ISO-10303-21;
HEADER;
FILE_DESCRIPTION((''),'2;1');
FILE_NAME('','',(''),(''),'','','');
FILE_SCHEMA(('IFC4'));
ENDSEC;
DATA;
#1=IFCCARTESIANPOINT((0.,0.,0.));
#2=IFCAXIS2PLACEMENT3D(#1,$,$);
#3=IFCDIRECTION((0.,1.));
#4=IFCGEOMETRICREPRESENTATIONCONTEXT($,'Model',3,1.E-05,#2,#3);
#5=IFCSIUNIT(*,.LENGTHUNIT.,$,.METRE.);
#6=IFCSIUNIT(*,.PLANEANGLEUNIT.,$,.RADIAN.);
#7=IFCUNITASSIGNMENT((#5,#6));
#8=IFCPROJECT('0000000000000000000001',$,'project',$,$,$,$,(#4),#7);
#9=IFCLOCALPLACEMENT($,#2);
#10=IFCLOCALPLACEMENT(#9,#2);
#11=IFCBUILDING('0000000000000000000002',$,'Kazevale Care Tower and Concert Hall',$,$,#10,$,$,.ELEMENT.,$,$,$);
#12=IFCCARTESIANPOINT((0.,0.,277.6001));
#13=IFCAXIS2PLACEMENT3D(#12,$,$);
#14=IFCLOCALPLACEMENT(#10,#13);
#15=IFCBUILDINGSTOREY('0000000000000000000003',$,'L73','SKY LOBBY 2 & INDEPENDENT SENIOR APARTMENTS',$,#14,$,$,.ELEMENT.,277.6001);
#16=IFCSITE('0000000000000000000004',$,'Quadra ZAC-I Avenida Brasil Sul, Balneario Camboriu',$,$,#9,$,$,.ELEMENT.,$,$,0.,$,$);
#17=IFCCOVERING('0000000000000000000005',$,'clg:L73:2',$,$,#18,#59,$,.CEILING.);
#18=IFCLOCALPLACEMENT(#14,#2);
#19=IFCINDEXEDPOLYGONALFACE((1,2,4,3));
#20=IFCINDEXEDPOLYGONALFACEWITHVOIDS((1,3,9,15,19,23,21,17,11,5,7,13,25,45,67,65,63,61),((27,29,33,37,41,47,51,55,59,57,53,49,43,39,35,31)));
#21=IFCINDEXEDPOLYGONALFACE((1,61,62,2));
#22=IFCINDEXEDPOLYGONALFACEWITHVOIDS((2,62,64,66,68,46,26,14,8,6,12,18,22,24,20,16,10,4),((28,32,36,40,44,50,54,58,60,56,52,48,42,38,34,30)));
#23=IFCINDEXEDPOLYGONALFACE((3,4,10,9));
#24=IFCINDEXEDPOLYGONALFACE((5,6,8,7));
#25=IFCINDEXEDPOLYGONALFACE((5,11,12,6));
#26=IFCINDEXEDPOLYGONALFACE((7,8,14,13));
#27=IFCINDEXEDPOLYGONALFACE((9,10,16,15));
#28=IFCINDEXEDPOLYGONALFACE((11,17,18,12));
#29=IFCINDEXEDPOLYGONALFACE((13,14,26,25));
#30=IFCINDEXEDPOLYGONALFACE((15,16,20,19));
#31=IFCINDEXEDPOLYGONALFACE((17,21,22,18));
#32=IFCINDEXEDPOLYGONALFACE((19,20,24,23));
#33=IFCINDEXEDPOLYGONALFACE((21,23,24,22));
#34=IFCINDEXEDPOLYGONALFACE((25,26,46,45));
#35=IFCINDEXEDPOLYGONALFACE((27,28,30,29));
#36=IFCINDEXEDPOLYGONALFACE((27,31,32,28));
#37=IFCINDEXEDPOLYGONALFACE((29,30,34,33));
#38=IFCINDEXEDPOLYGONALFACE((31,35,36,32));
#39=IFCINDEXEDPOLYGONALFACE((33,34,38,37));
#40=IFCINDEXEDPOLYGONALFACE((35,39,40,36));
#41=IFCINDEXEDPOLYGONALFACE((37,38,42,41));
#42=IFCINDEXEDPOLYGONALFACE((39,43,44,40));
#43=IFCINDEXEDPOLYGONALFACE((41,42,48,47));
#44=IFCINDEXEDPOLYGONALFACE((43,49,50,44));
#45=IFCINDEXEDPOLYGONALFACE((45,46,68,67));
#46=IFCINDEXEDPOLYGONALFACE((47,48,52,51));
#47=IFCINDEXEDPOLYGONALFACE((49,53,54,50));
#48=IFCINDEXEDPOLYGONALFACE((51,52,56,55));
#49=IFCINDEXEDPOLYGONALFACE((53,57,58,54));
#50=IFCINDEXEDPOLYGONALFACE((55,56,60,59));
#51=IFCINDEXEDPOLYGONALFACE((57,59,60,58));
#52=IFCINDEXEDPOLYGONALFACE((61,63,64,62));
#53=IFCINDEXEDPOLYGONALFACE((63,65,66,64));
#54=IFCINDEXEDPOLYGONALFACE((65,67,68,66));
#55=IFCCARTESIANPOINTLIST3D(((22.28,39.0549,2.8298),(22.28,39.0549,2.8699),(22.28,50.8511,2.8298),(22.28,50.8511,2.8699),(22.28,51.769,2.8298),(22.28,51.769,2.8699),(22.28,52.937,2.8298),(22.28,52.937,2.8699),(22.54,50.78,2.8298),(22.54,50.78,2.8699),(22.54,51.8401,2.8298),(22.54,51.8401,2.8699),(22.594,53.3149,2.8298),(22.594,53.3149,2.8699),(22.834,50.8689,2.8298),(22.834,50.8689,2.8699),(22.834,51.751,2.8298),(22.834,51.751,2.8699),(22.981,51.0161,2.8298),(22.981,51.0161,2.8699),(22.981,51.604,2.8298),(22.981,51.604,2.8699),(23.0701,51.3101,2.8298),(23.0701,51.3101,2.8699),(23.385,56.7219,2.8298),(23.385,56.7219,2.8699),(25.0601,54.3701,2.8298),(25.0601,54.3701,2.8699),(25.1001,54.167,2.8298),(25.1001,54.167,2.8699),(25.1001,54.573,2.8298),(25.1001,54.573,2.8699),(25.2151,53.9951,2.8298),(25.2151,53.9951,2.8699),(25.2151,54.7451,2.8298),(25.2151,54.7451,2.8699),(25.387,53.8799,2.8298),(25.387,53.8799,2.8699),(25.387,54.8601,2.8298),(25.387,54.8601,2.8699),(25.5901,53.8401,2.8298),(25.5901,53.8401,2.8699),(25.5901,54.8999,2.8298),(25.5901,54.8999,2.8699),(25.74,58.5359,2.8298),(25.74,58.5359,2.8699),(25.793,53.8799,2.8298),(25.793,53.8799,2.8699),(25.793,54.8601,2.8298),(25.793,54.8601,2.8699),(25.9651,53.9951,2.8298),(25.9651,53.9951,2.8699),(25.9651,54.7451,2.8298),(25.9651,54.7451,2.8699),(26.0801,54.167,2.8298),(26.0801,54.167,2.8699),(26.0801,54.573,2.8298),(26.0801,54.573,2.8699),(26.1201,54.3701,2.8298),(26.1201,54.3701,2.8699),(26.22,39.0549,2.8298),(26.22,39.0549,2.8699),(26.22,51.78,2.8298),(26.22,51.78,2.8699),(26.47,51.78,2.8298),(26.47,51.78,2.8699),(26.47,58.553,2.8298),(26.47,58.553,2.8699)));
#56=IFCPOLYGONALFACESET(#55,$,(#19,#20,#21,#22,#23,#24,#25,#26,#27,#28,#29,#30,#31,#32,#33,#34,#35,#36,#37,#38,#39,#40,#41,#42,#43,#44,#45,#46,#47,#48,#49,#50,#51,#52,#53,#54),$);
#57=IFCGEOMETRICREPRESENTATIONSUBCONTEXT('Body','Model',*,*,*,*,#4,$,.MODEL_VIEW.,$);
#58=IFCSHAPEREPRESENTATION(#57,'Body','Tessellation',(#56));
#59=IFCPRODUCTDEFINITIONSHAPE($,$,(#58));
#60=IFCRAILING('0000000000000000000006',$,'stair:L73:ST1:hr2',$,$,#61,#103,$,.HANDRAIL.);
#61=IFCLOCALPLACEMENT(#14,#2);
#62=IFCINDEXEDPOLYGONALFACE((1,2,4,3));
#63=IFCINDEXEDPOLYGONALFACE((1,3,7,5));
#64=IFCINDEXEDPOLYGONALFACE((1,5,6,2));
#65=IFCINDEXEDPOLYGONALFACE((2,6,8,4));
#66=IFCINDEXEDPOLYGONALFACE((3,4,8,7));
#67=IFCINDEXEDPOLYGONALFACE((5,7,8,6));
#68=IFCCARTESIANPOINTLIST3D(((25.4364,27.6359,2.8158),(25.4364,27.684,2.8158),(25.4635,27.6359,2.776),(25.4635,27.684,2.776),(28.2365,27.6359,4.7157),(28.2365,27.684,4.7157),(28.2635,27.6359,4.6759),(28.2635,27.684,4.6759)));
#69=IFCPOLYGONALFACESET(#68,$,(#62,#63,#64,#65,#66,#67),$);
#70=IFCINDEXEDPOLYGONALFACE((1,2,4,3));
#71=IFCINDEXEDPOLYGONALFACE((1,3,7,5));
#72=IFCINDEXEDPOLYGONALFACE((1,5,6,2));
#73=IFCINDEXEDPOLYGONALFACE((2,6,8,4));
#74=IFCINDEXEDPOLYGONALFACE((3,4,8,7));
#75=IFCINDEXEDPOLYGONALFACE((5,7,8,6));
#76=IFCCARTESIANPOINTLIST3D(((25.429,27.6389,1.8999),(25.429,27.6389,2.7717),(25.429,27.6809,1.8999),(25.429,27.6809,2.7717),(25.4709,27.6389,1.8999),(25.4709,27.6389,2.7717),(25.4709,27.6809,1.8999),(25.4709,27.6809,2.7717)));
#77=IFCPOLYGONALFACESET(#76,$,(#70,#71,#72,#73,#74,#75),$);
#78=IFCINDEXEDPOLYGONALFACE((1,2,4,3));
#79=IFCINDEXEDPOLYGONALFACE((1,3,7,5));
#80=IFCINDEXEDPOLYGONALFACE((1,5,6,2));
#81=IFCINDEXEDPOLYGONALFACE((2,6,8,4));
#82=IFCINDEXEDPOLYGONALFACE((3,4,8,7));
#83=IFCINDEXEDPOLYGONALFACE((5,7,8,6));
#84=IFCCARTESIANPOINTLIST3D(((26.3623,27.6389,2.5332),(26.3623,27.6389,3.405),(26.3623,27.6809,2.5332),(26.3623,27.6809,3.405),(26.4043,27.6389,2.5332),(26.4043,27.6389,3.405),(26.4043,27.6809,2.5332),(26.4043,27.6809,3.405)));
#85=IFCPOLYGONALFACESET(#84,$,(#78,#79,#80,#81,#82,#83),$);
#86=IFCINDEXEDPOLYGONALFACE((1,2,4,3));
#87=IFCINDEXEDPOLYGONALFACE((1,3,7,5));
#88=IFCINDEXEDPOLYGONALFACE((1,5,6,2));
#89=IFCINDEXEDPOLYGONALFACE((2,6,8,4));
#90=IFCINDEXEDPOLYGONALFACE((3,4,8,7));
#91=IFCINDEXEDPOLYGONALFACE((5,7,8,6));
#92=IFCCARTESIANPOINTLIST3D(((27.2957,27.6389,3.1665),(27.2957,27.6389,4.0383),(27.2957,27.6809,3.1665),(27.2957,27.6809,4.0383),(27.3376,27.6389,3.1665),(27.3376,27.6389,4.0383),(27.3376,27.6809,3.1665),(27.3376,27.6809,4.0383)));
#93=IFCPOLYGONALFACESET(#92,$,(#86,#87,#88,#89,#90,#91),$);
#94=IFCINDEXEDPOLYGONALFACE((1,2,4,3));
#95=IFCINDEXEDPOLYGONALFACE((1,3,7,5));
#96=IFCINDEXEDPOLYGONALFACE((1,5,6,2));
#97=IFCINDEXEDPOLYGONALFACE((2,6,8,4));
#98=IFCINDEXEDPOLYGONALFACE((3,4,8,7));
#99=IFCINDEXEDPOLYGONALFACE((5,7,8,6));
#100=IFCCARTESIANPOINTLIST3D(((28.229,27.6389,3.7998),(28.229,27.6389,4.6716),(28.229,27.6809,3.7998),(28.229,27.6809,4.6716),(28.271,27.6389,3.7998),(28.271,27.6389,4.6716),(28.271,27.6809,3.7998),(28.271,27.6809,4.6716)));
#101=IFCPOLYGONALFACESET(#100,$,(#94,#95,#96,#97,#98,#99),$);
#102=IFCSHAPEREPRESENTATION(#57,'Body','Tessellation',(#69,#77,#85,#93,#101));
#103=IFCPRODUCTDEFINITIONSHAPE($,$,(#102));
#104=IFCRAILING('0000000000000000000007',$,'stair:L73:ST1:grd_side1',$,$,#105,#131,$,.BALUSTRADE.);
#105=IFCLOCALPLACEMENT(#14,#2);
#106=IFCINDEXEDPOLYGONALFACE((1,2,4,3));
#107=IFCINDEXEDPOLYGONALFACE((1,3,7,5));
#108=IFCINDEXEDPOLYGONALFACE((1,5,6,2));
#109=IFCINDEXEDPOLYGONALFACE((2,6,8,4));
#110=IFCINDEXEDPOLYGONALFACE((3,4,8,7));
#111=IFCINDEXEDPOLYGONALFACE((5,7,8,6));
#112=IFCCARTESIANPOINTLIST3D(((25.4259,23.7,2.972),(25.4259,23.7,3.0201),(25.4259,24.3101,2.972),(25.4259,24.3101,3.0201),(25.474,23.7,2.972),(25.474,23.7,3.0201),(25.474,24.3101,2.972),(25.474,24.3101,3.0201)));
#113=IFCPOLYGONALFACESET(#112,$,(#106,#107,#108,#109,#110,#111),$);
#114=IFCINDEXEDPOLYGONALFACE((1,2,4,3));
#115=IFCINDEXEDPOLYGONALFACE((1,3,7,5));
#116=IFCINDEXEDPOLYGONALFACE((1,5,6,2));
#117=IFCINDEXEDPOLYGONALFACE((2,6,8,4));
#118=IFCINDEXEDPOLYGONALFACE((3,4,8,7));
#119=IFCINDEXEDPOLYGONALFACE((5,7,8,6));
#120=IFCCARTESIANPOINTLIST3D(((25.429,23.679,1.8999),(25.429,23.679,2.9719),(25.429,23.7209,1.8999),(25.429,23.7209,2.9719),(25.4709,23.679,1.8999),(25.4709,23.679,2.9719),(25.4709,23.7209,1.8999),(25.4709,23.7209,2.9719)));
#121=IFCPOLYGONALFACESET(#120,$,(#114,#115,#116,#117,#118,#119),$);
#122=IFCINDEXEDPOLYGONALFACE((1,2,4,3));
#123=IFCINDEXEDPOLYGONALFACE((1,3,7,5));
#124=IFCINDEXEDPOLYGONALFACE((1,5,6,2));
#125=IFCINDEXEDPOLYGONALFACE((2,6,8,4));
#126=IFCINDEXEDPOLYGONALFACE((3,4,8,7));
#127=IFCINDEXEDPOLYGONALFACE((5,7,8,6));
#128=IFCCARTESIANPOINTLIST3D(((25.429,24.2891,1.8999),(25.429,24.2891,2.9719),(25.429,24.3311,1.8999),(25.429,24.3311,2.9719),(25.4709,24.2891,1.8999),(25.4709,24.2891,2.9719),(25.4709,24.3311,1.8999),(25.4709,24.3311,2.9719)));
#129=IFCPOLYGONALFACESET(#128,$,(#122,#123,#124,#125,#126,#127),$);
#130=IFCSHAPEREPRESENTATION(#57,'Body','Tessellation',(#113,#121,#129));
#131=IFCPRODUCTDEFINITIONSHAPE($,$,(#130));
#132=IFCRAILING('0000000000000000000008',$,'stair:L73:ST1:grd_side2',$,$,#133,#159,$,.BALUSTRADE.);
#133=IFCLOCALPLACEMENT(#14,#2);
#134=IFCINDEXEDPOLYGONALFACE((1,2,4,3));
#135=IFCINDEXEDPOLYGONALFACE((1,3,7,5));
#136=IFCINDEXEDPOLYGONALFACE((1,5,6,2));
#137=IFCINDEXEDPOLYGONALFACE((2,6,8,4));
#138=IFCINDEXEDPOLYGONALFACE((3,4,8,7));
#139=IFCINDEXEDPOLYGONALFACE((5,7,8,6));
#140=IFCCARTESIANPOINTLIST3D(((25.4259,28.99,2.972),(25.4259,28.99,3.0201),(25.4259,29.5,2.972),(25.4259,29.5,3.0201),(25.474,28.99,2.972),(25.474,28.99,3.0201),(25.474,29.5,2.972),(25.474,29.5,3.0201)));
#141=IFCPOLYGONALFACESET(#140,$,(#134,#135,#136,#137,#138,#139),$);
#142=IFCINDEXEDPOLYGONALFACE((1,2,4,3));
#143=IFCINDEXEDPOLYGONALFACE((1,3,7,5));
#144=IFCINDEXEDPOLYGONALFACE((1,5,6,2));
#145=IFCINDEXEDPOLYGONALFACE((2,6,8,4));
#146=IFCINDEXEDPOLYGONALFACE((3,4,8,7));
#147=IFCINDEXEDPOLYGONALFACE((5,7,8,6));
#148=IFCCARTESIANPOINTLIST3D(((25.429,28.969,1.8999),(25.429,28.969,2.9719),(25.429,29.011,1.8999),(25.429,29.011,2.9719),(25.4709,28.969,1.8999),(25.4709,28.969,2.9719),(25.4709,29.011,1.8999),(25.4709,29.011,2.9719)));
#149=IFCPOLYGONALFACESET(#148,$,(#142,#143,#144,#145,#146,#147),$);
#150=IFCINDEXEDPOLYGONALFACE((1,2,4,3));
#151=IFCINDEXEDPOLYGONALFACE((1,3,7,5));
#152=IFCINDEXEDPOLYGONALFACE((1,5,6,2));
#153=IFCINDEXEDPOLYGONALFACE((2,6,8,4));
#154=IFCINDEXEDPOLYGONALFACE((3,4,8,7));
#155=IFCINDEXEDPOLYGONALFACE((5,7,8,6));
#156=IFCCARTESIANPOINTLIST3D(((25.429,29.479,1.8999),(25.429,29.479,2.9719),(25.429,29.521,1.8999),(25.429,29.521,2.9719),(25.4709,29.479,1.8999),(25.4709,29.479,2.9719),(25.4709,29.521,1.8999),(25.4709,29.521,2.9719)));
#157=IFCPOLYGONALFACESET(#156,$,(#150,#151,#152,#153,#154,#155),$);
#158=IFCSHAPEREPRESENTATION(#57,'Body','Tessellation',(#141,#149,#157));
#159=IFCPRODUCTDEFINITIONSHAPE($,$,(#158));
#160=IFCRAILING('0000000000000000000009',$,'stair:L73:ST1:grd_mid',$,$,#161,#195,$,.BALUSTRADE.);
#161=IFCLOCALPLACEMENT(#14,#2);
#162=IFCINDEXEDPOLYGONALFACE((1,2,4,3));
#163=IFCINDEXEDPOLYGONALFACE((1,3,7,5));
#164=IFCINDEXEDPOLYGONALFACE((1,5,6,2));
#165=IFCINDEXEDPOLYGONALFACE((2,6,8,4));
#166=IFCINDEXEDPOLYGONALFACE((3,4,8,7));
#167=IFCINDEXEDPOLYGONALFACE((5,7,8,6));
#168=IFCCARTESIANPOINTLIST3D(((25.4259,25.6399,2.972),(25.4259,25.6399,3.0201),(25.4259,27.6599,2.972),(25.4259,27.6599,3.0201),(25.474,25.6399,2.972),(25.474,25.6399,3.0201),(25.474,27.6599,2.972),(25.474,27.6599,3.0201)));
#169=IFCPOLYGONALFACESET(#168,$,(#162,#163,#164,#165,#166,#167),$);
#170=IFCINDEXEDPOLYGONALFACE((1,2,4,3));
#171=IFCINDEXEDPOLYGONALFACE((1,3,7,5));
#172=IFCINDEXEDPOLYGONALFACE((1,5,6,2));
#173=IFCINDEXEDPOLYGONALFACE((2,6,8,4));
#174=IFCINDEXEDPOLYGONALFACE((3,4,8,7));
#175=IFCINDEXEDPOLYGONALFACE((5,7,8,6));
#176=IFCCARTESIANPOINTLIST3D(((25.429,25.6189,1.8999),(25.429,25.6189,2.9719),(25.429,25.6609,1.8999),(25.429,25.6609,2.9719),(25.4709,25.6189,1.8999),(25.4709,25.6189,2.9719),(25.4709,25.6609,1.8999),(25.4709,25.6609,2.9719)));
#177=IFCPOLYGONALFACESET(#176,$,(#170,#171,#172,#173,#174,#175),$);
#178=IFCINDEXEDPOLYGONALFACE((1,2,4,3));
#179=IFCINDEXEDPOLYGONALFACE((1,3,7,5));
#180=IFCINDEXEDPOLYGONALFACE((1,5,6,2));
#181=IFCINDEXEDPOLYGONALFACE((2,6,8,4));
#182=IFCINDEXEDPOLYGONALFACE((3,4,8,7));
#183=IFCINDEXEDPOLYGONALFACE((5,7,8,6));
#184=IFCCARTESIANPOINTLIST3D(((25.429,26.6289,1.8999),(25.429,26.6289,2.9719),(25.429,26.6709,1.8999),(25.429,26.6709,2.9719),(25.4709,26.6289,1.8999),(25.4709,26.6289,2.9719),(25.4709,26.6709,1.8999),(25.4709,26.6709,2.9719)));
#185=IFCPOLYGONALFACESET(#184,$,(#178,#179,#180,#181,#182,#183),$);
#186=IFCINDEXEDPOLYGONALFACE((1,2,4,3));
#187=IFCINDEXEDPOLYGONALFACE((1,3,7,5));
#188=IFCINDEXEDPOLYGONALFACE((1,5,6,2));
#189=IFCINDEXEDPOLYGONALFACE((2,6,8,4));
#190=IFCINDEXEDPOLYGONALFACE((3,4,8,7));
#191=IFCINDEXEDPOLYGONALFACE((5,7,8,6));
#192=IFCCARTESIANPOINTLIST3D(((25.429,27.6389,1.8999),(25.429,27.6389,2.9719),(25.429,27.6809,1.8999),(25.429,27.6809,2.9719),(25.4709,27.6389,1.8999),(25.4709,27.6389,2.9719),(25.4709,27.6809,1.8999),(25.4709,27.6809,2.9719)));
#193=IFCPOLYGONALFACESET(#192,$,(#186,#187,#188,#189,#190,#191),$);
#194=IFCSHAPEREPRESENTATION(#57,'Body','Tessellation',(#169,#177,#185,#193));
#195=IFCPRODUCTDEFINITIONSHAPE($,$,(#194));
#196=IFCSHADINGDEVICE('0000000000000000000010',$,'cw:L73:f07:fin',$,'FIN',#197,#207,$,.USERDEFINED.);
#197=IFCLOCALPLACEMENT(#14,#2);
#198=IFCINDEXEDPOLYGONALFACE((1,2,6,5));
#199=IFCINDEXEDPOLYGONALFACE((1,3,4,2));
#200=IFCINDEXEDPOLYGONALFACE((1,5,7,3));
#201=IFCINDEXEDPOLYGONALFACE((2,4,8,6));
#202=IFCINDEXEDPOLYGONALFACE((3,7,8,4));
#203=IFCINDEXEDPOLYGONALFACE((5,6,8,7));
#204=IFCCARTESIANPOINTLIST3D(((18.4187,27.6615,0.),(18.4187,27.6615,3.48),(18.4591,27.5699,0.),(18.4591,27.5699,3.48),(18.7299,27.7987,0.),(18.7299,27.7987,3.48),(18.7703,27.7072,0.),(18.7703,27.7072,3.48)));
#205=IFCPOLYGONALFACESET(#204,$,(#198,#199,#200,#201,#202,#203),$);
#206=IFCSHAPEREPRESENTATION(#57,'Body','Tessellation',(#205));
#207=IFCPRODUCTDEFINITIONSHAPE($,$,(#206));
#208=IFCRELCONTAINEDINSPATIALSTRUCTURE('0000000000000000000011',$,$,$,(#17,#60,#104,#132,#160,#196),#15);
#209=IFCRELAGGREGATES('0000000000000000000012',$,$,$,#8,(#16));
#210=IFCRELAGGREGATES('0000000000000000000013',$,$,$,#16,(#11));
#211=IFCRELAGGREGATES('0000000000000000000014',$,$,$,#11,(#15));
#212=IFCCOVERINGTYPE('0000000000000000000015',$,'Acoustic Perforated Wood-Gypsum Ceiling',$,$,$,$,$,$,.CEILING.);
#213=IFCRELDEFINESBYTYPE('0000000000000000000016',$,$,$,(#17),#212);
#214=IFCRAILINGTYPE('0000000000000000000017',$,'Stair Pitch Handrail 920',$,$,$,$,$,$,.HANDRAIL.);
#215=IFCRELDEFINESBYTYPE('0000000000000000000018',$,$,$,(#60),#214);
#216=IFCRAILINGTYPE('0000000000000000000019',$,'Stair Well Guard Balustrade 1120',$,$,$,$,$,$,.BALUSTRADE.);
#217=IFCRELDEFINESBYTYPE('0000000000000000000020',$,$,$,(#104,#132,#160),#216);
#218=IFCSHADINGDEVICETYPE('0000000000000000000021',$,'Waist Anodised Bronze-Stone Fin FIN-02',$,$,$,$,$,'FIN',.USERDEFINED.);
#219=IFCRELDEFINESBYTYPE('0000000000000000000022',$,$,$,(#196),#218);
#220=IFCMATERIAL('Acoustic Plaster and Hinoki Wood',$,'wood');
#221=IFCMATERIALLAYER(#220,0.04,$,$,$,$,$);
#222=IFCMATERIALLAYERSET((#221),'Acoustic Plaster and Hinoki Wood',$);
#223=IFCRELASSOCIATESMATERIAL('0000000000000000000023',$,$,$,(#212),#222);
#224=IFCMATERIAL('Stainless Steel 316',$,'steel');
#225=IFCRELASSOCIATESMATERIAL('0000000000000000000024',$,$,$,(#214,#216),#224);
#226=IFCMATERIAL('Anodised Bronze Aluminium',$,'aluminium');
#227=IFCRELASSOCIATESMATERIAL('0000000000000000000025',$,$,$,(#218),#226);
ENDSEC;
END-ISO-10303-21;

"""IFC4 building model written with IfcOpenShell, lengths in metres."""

from ifc_helpers import new_model, si_unit, direction, frame, origin, origin_2d, place, context, subcontext, project, spatial, polyline, rectangle, outline, extrude, material, layer, layer_set, type_object, element, save


model = new_model("IFC4")

# Units and contexts
model_context = context("Model", 3, precision=1e-05, world=origin(), true_north=direction((0.0, 1.0)))
body_context = subcontext(model_context, "Body", "Model", "MODEL_VIEW")
ifc_project = project(units=[si_unit("LENGTHUNIT", "METRE"), si_unit("PLANEANGLEUNIT", "RADIAN")], contexts=[model_context])

# Site, building, storey
site_placement = place(None, origin())
site = spatial("IfcSite", under=ifc_project, at=site_placement, Name="Quadra ZAC-I Avenida Brasil Sul, Balneario Camboriu", CompositionType="ELEMENT", RefElevation=0.0)
building_placement = place(site_placement, origin())
building = spatial("IfcBuilding", under=site, at=building_placement, Name="Kazevale Care Tower and Concert Hall", CompositionType="ELEMENT")
storey_placement = place(building_placement, frame((0.0, 0.0, 277.6001)))
storey = spatial("IfcBuildingStorey", under=building, at=storey_placement, Name="L73", Description="SKY LOBBY 2 & INDEPENDENT SENIOR APARTMENTS", CompositionType="ELEMENT", Elevation=277.6001)

# Covering
ifc_material_1 = material(Name="Acoustic Plaster and Hinoki Wood", Category="wood")
ifc_layer_1 = layer(ifc_material_1, 0.04)
ifc_layer_set_1 = layer_set([ifc_layer_1], Name="Acoustic Plaster and Hinoki Wood")
covering_type = type_object("IfcCoveringType", Name="Acoustic Perforated Wood-Gypsum Ceiling", PredefinedType="CEILING", material=ifc_layer_set_1)
covering_1_placement = place(storey_placement, frame((0.0, 0.0, 2.8298)))
element("IfcCovering", 1, at=covering_1_placement, inside=storey, type_object=covering_type, Name="clg:L73:2", PredefinedType="CEILING", context=body_context, shape_type="SweptSolid", body=[
    extrude(outline(polyline([(22.594, 53.3149), (23.385, 56.7219), (25.74, 58.5359), (26.47, 58.553), (26.47, 51.78), (26.22, 51.78), (26.22, 39.0549), (22.28, 39.0549), (22.28, 50.8511), (22.54, 50.78), (22.834, 50.8689), (22.981, 51.0161), (23.0701, 51.3101), (22.981, 51.604), (22.834, 51.751), (22.54, 51.8401), (22.28, 51.769), (22.28, 52.937), (22.594, 53.3149)]), holes=[polyline([(26.0801, 54.573), (25.9651, 54.7451), (25.793, 54.8601), (25.5901, 54.8999), (25.387, 54.8601), (25.2151, 54.7451), (25.1001, 54.573), (25.0601, 54.3701), (25.1001, 54.167), (25.2151, 53.9951), (25.387, 53.8799), (25.5901, 53.8401), (25.793, 53.8799), (25.9651, 53.9951), (26.0801, 54.167), (26.1201, 54.3701), (26.0801, 54.573)])]), origin(), (0.0, 0.0, 1.0), 0.04),
])

# Railings
ifc_material_2 = material(Name="Stainless Steel 316", Category="steel")
railing_type_1 = type_object("IfcRailingType", Name="Stair Pitch Handrail 920", PredefinedType="HANDRAIL", material=ifc_material_2)
railing_1_placement = place(storey_placement, frame((25.45, 27.6599, 1.8999)))
element("IfcRailing", 2, at=railing_1_placement, inside=storey, type_object=railing_type_1, Name="stair:L73:ST1:hr2", PredefinedType="HANDRAIL", context=body_context, shape_type="SweptSolid", body=[
    extrude(rectangle(XDim=0.0481, YDim=0.0481, at=origin_2d()), frame((0.0, 0.0, 0.896), z_axis=(0.827494, 0.0, 0.561475), x_axis=(0.0, 1.0, 0.0)), (0.0, 0.0, 1.0), 3.3838),
    extrude(rectangle(XDim=0.042, YDim=0.042, at=origin_2d()), origin(), (0.0, 0.0, 1.0), 0.8718),
    extrude(rectangle(XDim=0.042, YDim=0.042, at=origin_2d()), frame((0.9333, 0.0, 0.6333)), (0.0, 0.0, 1.0), 0.8718),
    extrude(rectangle(XDim=0.042, YDim=0.042, at=origin_2d()), frame((1.8667, 0.0, 1.2666)), (0.0, 0.0, 1.0), 0.8718),
    extrude(rectangle(XDim=0.042, YDim=0.042, at=origin_2d()), frame((2.8, 0.0, 1.8999)), (0.0, 0.0, 1.0), 0.8718),
])
railing_type_2 = type_object("IfcRailingType", Name="Stair Well Guard Balustrade 1120", PredefinedType="BALUSTRADE", material=ifc_material_2)
railing_2_placement = place(storey_placement, frame((25.45, 23.7, 1.8999)))
element("IfcRailing", 3, at=railing_2_placement, inside=storey, type_object=railing_type_2, Name="stair:L73:ST1:grd_side1", PredefinedType="BALUSTRADE", context=body_context, shape_type="SweptSolid", body=[
    extrude(rectangle(XDim=0.0481, YDim=0.0481, at=origin_2d()), frame((0.0, 0.0, 1.0962), z_axis=(0.0, 1.0, 0.0), x_axis=(-1.0, 0.0, 0.0)), (0.0, 0.0, 1.0), 0.6101),
    extrude(rectangle(XDim=0.042, YDim=0.042, at=origin_2d()), origin(), (0.0, 0.0, 1.0), 1.072),
    extrude(rectangle(XDim=0.042, YDim=0.042, at=origin_2d()), frame((0.0, 0.6101, 0.0)), (0.0, 0.0, 1.0), 1.072),
])
railing_3_placement = place(storey_placement, frame((25.45, 28.99, 1.8999)))
element("IfcRailing", 4, at=railing_3_placement, inside=storey, type_object=railing_type_2, Name="stair:L73:ST1:grd_side2", PredefinedType="BALUSTRADE", context=body_context, shape_type="SweptSolid", body=[
    extrude(rectangle(XDim=0.0481, YDim=0.0481, at=origin_2d()), frame((0.0, 0.0, 1.0962), z_axis=(0.0, 1.0, 0.0), x_axis=(-1.0, 0.0, 0.0)), (0.0, 0.0, 1.0), 0.51),
    extrude(rectangle(XDim=0.042, YDim=0.042, at=origin_2d()), origin(), (0.0, 0.0, 1.0), 1.072),
    extrude(rectangle(XDim=0.042, YDim=0.042, at=origin_2d()), frame((0.0, 0.51, 0.0)), (0.0, 0.0, 1.0), 1.072),
])
railing_4_placement = place(storey_placement, frame((25.45, 25.6399, 1.8999)))
element("IfcRailing", 5, at=railing_4_placement, inside=storey, type_object=railing_type_2, Name="stair:L73:ST1:grd_mid", PredefinedType="BALUSTRADE", context=body_context, shape_type="SweptSolid", body=[
    extrude(rectangle(XDim=0.0481, YDim=0.0481, at=origin_2d()), frame((0.0, 0.0, 1.0962), z_axis=(0.0, 1.0, 0.0), x_axis=(-1.0, 0.0, 0.0)), (0.0, 0.0, 1.0), 2.02),
    extrude(rectangle(XDim=0.042, YDim=0.042, at=origin_2d()), origin(), (0.0, 0.0, 1.0), 1.072),
    extrude(rectangle(XDim=0.042, YDim=0.042, at=origin_2d()), frame((0.0, 1.01, 0.0)), (0.0, 0.0, 1.0), 1.072),
    extrude(rectangle(XDim=0.042, YDim=0.042, at=origin_2d()), frame((0.0, 2.02, 0.0)), (0.0, 0.0, 1.0), 1.072),
])

# Shading device
ifc_material_3 = material(Name="Anodised Bronze Aluminium", Category="aluminium")
shading_device_type = type_object("IfcShadingDeviceType", Name="Waist Anodised Bronze-Stone Fin FIN-02", ElementType="FIN", PredefinedType="USERDEFINED", material=ifc_material_3)
shading_device_placement = place(storey_placement, frame((18.5945, 27.6843, 0.0), z_axis=(0.0, 0.0, 1.0), x_axis=(-0.91496, -0.403545, 0.0)))
element("IfcShadingDevice", 6, at=shading_device_placement, inside=storey, type_object=shading_device_type, Name="cw:L73:f07:fin", ObjectType="FIN", PredefinedType="USERDEFINED", context=body_context, shape_type="SweptSolid", body=[
    extrude(rectangle(XDim=0.3401, YDim=0.1001, at=origin_2d()), origin(), (0.0, 0.0, 1.0), 3.48),
])

save(model, "model.ifc")
